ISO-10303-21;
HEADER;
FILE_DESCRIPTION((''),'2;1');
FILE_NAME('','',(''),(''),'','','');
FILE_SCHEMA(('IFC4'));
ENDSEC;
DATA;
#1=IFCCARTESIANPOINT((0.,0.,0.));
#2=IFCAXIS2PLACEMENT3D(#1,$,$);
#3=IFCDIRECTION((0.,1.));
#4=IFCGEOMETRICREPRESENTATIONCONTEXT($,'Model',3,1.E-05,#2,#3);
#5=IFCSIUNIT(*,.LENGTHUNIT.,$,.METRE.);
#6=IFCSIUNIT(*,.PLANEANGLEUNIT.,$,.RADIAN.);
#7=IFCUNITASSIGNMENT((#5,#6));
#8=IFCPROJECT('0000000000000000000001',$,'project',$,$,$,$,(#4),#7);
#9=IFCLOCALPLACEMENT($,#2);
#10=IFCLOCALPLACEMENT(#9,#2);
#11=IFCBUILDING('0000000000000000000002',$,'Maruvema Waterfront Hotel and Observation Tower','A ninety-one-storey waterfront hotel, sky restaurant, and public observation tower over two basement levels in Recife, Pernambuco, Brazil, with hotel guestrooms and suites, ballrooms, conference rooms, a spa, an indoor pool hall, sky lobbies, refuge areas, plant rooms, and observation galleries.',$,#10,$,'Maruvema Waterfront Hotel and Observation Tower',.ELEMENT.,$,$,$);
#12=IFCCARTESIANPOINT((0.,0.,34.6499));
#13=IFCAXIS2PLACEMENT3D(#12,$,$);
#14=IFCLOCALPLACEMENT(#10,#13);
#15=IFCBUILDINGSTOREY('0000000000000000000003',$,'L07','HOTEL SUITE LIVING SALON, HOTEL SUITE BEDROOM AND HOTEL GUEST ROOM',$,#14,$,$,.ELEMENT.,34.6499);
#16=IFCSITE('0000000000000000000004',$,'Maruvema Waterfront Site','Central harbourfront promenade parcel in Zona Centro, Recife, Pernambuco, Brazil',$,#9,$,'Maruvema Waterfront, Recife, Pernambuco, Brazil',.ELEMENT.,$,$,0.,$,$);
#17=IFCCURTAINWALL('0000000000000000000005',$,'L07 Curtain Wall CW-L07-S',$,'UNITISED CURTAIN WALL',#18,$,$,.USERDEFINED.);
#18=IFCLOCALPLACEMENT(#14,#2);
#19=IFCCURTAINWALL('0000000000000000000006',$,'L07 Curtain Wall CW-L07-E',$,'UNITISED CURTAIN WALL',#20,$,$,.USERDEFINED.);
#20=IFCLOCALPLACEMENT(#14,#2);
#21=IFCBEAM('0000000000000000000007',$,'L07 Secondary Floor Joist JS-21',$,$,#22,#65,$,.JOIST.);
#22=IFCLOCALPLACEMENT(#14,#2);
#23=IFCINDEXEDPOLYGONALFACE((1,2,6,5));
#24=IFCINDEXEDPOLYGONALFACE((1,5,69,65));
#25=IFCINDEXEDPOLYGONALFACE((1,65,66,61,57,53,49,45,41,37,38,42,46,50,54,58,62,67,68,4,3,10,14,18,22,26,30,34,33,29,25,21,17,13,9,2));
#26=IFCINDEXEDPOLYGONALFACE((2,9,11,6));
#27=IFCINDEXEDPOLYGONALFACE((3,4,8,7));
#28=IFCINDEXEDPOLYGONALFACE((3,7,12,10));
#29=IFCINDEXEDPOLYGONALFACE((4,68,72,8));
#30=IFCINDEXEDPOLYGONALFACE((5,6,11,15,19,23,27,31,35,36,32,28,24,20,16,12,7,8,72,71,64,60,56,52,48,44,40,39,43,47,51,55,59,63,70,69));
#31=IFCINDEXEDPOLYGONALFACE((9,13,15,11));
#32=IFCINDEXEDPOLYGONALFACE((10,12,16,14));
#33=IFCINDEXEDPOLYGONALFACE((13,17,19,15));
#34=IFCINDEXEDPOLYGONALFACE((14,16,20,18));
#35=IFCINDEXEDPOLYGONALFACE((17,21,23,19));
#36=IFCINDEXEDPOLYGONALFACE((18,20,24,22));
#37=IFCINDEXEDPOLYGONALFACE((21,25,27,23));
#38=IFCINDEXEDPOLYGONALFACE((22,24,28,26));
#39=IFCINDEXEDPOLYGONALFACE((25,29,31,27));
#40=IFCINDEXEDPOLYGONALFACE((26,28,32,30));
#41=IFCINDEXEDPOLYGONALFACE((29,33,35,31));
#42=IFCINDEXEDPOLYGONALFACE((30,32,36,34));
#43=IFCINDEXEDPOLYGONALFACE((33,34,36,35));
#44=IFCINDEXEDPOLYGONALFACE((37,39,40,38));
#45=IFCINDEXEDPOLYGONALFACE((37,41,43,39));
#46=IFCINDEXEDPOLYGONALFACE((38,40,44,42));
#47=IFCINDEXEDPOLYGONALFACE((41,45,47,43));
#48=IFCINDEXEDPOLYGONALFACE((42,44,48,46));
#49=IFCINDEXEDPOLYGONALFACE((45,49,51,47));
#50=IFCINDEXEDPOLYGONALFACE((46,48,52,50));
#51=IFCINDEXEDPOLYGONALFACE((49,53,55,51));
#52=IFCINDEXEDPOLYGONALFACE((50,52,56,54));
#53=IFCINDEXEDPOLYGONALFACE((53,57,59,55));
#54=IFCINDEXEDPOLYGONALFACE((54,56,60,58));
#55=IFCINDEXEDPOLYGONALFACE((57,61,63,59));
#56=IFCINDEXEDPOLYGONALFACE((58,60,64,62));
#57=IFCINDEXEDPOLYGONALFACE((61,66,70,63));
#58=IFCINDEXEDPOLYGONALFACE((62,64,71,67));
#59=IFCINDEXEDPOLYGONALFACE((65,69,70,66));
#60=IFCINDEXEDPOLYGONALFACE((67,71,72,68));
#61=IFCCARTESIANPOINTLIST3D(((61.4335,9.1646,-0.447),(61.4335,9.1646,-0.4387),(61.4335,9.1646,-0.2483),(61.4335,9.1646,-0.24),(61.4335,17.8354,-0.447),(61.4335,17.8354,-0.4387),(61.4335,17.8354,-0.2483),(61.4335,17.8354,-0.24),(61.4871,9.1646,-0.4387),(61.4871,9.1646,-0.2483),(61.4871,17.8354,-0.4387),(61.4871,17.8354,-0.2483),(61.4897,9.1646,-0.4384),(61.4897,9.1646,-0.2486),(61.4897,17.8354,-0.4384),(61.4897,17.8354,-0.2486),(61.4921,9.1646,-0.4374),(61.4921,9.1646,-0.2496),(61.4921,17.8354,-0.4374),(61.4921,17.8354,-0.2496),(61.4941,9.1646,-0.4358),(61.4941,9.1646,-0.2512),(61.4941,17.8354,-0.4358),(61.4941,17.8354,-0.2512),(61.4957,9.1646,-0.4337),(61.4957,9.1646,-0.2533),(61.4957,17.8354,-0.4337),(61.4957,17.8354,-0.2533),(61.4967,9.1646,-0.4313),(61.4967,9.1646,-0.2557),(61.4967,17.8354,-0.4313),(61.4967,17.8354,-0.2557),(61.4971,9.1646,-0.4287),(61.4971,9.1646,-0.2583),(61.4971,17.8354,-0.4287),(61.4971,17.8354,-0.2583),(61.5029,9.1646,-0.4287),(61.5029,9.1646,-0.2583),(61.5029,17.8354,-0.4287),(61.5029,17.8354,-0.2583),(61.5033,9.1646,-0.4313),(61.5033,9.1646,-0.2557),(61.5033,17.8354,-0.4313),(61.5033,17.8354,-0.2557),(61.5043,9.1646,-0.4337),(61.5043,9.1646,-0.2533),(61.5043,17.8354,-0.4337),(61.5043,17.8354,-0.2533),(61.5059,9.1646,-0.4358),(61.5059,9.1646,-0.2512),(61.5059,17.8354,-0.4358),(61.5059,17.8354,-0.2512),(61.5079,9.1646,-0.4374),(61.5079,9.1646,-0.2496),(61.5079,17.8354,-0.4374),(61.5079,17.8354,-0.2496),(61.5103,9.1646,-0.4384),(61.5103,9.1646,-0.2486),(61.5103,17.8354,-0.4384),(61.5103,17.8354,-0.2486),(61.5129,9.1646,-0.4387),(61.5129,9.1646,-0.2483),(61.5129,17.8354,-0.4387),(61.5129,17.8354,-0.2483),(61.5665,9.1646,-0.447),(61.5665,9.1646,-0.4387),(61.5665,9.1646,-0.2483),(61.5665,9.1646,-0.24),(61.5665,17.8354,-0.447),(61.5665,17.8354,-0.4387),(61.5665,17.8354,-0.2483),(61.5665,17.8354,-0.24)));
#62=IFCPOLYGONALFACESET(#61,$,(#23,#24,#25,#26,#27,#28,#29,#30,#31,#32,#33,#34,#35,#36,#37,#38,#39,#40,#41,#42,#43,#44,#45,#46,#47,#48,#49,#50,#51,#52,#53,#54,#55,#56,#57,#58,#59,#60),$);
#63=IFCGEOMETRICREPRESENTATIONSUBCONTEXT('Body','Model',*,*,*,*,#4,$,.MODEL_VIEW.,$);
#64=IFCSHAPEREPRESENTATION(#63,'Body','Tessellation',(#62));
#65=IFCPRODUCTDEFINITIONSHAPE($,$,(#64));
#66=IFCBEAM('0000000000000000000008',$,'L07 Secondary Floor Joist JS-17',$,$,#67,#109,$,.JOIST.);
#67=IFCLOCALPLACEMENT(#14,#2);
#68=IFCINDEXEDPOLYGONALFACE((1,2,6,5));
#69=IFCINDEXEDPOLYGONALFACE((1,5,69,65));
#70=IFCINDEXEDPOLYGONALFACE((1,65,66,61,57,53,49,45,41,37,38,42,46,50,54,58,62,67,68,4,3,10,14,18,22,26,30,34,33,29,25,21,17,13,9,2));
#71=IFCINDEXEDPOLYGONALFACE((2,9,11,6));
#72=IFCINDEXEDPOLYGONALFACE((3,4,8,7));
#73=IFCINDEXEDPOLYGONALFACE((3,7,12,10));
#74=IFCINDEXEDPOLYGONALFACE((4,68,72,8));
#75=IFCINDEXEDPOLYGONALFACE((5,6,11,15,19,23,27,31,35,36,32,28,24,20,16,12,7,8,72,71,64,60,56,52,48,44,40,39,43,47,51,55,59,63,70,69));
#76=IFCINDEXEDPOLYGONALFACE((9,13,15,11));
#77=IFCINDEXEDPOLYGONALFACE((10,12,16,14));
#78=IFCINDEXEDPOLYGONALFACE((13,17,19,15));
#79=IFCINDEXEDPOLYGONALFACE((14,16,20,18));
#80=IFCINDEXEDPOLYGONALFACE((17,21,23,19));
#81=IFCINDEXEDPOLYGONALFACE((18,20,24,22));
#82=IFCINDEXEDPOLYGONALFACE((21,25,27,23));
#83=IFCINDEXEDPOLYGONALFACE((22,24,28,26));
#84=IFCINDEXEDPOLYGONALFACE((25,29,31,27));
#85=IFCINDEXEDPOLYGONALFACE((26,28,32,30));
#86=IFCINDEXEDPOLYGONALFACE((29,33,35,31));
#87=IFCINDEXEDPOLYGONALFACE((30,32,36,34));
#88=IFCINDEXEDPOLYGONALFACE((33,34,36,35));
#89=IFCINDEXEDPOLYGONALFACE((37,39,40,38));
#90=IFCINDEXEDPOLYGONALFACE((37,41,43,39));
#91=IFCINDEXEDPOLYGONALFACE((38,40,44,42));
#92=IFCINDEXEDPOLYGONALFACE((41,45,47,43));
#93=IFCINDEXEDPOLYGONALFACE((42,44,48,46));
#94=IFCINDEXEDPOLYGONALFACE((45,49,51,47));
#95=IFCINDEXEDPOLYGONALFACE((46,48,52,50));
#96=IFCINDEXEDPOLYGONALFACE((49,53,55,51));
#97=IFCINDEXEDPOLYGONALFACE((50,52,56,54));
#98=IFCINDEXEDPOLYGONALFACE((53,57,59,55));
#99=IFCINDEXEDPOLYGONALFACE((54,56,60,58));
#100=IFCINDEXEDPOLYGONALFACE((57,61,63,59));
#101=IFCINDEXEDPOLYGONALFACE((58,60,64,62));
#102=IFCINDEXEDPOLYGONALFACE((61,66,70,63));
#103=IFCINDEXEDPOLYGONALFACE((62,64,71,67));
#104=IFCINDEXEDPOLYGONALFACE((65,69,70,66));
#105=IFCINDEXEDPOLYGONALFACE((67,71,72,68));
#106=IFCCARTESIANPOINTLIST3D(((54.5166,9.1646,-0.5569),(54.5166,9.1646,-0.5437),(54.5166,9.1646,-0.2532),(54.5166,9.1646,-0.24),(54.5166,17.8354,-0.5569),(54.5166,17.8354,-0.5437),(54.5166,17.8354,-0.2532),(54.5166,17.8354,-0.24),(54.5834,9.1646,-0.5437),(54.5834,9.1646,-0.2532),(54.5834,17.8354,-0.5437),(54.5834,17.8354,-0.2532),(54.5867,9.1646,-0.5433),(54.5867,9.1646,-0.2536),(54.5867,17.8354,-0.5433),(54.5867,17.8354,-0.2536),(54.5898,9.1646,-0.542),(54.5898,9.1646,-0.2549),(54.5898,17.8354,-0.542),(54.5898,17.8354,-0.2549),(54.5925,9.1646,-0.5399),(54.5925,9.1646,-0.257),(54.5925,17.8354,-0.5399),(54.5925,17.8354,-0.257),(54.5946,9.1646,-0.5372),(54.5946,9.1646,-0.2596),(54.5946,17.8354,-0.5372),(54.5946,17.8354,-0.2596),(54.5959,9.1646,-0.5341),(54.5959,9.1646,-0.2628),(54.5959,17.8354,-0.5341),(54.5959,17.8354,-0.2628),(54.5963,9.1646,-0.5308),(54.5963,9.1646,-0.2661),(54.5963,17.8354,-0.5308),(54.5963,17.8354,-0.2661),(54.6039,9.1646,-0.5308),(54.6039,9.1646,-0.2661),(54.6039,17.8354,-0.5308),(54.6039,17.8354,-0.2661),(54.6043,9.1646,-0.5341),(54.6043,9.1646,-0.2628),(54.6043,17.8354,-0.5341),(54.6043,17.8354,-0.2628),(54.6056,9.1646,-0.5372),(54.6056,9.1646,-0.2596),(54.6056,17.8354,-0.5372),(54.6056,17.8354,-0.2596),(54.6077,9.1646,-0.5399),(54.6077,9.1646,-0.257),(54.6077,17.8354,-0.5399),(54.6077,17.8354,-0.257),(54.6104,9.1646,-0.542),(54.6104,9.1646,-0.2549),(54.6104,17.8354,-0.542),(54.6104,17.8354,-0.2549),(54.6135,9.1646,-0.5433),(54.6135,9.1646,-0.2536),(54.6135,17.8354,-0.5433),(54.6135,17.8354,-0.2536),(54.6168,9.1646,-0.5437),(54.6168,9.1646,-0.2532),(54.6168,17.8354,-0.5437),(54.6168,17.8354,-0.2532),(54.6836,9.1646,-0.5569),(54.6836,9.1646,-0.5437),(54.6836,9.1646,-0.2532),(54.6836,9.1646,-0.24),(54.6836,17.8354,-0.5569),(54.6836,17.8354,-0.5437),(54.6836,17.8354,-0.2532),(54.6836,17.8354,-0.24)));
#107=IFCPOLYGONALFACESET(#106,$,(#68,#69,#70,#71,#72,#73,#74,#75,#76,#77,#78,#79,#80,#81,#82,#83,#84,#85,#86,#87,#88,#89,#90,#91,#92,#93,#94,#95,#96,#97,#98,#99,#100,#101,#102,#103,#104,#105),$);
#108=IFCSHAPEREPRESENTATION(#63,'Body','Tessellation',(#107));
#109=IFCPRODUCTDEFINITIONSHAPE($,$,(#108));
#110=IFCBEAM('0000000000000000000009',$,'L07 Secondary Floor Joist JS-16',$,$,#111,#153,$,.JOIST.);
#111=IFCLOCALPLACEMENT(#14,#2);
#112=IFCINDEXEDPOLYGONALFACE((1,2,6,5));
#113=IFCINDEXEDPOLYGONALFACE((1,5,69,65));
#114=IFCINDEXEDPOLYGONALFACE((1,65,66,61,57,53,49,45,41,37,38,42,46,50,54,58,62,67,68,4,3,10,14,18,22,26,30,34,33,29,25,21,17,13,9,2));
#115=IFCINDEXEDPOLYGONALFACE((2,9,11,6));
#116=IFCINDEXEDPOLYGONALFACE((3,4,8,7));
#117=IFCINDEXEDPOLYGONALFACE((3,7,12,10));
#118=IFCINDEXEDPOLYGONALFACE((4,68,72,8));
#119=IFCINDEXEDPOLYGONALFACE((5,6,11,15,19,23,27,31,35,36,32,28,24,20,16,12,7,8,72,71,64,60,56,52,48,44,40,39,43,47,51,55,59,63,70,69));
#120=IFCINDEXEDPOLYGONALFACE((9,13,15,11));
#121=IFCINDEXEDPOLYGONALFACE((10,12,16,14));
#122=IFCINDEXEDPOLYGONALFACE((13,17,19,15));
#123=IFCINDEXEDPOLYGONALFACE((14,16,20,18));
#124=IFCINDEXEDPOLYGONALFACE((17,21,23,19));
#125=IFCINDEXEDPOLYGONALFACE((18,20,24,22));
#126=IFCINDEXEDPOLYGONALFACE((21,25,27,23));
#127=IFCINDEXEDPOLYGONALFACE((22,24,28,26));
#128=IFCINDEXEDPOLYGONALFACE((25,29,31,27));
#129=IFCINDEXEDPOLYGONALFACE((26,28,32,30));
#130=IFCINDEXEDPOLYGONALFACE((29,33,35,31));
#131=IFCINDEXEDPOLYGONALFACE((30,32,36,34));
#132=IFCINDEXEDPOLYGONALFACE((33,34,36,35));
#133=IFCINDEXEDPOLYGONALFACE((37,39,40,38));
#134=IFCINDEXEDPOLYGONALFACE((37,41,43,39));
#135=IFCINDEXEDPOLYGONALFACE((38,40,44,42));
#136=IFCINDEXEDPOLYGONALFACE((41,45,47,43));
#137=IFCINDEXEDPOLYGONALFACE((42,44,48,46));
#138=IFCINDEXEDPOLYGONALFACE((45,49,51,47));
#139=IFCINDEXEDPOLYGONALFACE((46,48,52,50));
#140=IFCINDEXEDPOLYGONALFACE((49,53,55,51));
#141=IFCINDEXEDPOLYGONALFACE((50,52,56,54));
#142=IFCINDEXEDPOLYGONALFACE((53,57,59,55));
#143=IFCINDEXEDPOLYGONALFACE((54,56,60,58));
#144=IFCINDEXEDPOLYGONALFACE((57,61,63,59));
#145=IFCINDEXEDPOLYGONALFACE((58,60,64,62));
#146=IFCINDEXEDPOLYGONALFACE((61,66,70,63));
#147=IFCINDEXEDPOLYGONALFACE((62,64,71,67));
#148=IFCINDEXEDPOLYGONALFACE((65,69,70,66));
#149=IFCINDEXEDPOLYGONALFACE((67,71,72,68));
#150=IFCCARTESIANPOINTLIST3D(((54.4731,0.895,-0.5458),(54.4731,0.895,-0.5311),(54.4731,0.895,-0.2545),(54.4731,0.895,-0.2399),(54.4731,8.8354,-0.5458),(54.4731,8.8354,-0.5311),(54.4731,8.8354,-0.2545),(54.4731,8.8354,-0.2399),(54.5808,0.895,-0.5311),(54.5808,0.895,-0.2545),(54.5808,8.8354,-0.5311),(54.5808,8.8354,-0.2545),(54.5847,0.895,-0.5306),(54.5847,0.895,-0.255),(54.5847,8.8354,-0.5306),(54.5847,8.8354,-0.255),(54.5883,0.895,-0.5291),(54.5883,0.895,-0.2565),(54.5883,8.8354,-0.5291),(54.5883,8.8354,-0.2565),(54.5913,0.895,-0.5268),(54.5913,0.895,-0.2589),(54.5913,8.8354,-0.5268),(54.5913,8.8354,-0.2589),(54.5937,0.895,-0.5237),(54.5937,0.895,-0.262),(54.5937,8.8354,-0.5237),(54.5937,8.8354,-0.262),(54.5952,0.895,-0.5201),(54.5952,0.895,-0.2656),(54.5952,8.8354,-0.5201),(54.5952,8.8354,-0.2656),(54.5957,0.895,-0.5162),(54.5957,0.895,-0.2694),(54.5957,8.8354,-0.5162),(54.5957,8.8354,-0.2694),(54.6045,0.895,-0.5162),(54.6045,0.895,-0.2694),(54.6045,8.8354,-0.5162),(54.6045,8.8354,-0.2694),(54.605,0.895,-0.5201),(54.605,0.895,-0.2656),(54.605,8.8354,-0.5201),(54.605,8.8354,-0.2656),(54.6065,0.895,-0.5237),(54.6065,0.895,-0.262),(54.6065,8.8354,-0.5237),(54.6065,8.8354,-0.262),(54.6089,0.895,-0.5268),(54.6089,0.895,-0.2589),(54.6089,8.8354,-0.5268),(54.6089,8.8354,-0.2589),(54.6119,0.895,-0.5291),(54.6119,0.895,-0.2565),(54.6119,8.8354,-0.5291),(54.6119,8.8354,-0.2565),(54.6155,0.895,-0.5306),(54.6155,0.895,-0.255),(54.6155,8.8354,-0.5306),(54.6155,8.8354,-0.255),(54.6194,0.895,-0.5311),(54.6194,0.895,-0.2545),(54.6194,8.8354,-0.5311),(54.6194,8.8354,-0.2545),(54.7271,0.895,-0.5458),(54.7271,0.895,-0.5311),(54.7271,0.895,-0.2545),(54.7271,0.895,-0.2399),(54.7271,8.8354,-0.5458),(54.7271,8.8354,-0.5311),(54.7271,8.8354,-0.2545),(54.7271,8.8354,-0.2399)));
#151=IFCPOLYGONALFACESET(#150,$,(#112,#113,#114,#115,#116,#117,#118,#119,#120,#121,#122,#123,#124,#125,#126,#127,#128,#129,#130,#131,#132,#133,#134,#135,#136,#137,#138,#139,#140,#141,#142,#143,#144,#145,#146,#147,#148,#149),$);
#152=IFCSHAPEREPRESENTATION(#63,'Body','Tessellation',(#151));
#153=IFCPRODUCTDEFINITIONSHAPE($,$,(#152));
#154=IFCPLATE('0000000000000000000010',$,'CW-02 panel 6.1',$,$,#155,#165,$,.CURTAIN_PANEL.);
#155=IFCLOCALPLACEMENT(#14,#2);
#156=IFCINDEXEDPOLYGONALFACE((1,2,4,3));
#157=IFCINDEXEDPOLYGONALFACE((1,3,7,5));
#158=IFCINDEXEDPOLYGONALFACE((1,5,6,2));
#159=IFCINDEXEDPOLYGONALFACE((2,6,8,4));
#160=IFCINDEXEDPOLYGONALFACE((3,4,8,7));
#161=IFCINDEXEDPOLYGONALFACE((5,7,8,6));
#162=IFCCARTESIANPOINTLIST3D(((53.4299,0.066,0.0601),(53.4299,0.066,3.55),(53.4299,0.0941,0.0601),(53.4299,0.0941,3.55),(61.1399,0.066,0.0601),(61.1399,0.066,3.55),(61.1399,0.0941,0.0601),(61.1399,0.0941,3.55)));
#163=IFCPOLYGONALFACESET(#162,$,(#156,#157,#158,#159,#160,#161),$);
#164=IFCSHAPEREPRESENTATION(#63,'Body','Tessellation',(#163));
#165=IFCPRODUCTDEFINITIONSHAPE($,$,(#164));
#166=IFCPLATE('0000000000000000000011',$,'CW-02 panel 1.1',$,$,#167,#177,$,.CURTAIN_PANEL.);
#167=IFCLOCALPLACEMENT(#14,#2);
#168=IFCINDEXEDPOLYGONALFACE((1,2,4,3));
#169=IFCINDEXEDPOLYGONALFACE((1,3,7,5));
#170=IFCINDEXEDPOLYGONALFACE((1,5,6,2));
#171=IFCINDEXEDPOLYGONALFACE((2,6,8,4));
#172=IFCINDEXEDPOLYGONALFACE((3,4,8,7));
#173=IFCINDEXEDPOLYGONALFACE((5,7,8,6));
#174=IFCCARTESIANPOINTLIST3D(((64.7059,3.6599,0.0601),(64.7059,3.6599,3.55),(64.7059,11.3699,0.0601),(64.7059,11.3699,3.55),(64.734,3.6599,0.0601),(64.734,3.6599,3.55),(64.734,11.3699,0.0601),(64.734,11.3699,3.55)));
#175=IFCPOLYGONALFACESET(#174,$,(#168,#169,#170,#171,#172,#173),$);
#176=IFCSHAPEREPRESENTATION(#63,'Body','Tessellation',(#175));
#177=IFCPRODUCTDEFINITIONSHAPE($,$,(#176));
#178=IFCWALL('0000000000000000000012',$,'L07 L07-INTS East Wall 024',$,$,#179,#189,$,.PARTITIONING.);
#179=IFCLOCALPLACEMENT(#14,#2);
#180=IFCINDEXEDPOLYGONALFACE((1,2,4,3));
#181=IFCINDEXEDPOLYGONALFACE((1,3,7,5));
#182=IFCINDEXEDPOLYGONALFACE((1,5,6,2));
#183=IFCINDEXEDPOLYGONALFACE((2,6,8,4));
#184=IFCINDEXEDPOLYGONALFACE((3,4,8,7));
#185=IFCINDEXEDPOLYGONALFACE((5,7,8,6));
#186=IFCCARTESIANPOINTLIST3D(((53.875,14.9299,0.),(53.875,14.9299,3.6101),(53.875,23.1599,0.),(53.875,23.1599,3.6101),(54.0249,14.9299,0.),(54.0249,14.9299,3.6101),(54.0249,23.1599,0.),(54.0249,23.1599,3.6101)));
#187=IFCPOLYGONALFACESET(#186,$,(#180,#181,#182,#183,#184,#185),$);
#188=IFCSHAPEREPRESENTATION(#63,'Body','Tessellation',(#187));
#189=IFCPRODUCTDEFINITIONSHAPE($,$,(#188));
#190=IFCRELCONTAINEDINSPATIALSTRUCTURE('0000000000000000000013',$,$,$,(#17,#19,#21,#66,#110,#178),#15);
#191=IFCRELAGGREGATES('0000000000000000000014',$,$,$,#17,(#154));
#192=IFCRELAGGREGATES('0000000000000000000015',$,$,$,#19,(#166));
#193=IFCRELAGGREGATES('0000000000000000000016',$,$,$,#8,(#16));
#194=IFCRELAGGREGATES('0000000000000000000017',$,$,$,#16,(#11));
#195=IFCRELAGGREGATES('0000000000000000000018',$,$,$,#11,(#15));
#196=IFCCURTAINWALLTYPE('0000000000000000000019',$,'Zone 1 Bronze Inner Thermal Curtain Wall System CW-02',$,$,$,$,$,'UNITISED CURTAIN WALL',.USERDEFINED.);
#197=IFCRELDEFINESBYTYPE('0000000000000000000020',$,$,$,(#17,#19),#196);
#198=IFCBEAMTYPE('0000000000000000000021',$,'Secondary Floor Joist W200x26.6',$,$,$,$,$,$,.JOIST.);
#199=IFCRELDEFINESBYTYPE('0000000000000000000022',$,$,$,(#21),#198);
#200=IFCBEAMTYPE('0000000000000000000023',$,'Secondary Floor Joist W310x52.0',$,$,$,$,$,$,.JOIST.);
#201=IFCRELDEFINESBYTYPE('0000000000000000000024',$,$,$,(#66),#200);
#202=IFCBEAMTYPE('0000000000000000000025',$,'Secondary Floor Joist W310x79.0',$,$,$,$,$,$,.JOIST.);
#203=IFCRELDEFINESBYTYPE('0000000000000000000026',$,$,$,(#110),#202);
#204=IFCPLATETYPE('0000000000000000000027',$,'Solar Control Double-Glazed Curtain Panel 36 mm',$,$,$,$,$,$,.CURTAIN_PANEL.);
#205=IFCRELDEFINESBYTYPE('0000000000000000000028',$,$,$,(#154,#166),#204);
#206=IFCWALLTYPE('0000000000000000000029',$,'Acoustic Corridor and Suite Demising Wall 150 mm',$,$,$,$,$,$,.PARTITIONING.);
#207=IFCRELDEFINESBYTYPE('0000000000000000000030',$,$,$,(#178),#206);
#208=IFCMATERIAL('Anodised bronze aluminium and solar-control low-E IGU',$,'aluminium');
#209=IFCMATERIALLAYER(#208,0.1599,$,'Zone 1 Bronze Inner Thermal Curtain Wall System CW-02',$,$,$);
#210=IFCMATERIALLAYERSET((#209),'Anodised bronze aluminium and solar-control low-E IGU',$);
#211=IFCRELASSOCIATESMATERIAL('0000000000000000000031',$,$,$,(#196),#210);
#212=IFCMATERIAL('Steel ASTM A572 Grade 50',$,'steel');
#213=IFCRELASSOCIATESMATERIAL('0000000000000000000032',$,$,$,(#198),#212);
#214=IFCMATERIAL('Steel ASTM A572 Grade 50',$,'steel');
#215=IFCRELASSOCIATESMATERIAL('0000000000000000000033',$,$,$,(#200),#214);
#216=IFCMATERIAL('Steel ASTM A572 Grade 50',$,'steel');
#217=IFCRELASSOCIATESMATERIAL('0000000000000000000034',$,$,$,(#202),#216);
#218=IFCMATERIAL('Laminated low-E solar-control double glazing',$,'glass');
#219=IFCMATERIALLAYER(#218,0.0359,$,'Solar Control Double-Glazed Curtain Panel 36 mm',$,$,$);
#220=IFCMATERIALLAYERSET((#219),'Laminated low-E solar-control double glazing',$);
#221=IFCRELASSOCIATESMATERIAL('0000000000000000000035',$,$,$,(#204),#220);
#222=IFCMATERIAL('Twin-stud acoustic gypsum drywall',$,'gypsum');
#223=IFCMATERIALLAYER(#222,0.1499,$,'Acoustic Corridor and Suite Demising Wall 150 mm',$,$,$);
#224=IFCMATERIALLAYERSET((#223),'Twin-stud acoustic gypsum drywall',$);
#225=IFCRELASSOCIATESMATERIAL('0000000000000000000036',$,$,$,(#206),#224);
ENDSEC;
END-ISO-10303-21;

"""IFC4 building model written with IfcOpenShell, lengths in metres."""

from ifc_helpers import new_model, si_unit, direction, frame, frame_2d, origin, origin_2d, place, context, subcontext, project, spatial, rectangle, i_section, extrude, material, layer, layer_set, material_profile, profile_set, type_object, element, aggregate, save


model = new_model("IFC4")

# Units and contexts
model_context = context("Model", 3, precision=1e-05, world=origin(), true_north=direction((0.0, 1.0)))
body_context = subcontext(model_context, "Body", "Model", "MODEL_VIEW")
ifc_project = project(units=[si_unit("LENGTHUNIT", "METRE"), si_unit("PLANEANGLEUNIT", "RADIAN")], contexts=[model_context])

# Site, building, storey
site_placement = place(None, origin())
site = spatial("IfcSite", under=ifc_project, at=site_placement, Name="Maruvema Waterfront Site", Description="Central harbourfront promenade parcel in Zona Centro, Recife, Pernambuco, Brazil", LongName="Maruvema Waterfront, Recife, Pernambuco, Brazil", CompositionType="ELEMENT", RefElevation=0.0)
building_placement = place(site_placement, origin())
building = spatial("IfcBuilding", under=site, at=building_placement, Name="Maruvema Waterfront Hotel and Observation Tower", Description="A ninety-one-storey waterfront hotel, sky restaurant, and public observation tower over two basement levels in Recife, Pernambuco, Brazil, with hotel guestrooms and suites, ballrooms, conference rooms, a spa, an indoor pool hall, sky lobbies, refuge areas, plant rooms, and observation galleries.", LongName="Maruvema Waterfront Hotel and Observation Tower", CompositionType="ELEMENT")
storey_placement = place(building_placement, frame((0.0, 0.0, 34.6499)))
storey = spatial("IfcBuildingStorey", under=building, at=storey_placement, Name="L07", Description="HOTEL SUITE LIVING SALON, HOTEL SUITE BEDROOM AND HOTEL GUEST ROOM", CompositionType="ELEMENT", Elevation=34.6499)

# Curtain wall
ifc_material_1 = material(Name="Anodised bronze aluminium and solar-control low-E IGU", Category="aluminium")
ifc_layer_1 = layer(ifc_material_1, 0.1599, Name="Zone 1 Bronze Inner Thermal Curtain Wall System CW-02")
ifc_layer_set_1 = layer_set([ifc_layer_1], Name="Anodised bronze aluminium and solar-control low-E IGU")
curtain_wall_type = type_object("IfcCurtainWallType", Name="Zone 1 Bronze Inner Thermal Curtain Wall System CW-02", ElementType="UNITISED CURTAIN WALL", PredefinedType="USERDEFINED", material=ifc_layer_set_1)
curtain_wall_1_placement = place(storey_placement, origin())
curtain_wall_1 = element("IfcCurtainWall", 1, at=curtain_wall_1_placement, inside=storey, type_object=curtain_wall_type, Name="L07 Curtain Wall CW-L07-S", ObjectType="UNITISED CURTAIN WALL", PredefinedType="USERDEFINED")

# Curtain wall
curtain_wall_2_placement = place(storey_placement, origin())
curtain_wall_2 = element("IfcCurtainWall", 2, at=curtain_wall_2_placement, inside=storey, type_object=curtain_wall_type, Name="L07 Curtain Wall CW-L07-E", ObjectType="UNITISED CURTAIN WALL", PredefinedType="USERDEFINED")

# Beams
ifc_material_2 = material(Name="Steel ASTM A572 Grade 50", Category="steel")
ifc_material_profile_1 = material_profile(ifc_material_2, i_section(OverallWidth=0.1331, OverallDepth=0.207, WebThickness=0.0059, FlangeThickness=0.0083, FilletRadius=0.01, at=origin_2d()), Name="W200x26.6")
ifc_profile_set_1 = profile_set([ifc_material_profile_1], Name="Steel ASTM A572 Grade 50")
beam_type_1 = type_object("IfcBeamType", Name="Secondary Floor Joist W200x26.6", PredefinedType="JOIST", material=ifc_profile_set_1)
beam_1_placement = place(storey_placement, frame((61.5, 9.1646, -0.3435), z_axis=(0.0, 1.0, 0.0), x_axis=(-1.0, 0.0, 0.0)))
element("IfcBeam", 3, at=beam_1_placement, inside=storey, type_object=beam_type_1, Name="L07 Secondary Floor Joist JS-21", PredefinedType="JOIST", context=body_context, shape_type="SweptSolid", body=[
    extrude(i_section(OverallWidth=0.1331, OverallDepth=0.207, WebThickness=0.0059, FlangeThickness=0.0083, FilletRadius=0.01, at=origin_2d()), origin(), (0.0, 0.0, 1.0), 8.6709),
])
ifc_material_3 = material(Name="Steel ASTM A572 Grade 50", Category="steel")
ifc_material_profile_2 = material_profile(ifc_material_3, i_section(OverallWidth=0.167, OverallDepth=0.3169, WebThickness=0.0076, FlangeThickness=0.0132, FilletRadius=0.0129, at=origin_2d()), Name="W310x52.0")
ifc_profile_set_2 = profile_set([ifc_material_profile_2], Name="Steel ASTM A572 Grade 50")
beam_type_2 = type_object("IfcBeamType", Name="Secondary Floor Joist W310x52.0", PredefinedType="JOIST", material=ifc_profile_set_2)
beam_2_placement = place(storey_placement, frame((54.6001, 9.1646, -0.3984), z_axis=(0.0, 1.0, 0.0), x_axis=(-1.0, 0.0, 0.0)))
element("IfcBeam", 4, at=beam_2_placement, inside=storey, type_object=beam_type_2, Name="L07 Secondary Floor Joist JS-17", PredefinedType="JOIST", context=body_context, shape_type="SweptSolid", body=[
    extrude(i_section(OverallWidth=0.167, OverallDepth=0.3169, WebThickness=0.0076, FlangeThickness=0.0132, FilletRadius=0.0129, at=origin_2d()), origin(), (0.0, 0.0, 1.0), 8.6709),
])
ifc_material_4 = material(Name="Steel ASTM A572 Grade 50", Category="steel")
ifc_material_profile_3 = material_profile(ifc_material_4, i_section(OverallWidth=0.2539, OverallDepth=0.3059, WebThickness=0.0088, FlangeThickness=0.0146, FilletRadius=0.0149, at=origin_2d()), Name="W310x79.0")
ifc_profile_set_3 = profile_set([ifc_material_profile_3], Name="Steel ASTM A572 Grade 50")
beam_type_3 = type_object("IfcBeamType", Name="Secondary Floor Joist W310x79.0", PredefinedType="JOIST", material=ifc_profile_set_3)
beam_3_placement = place(storey_placement, frame((54.6001, 0.895, -0.3928), z_axis=(0.0, 1.0, 0.0), x_axis=(-1.0, 0.0, 0.0)))
element("IfcBeam", 5, at=beam_3_placement, inside=storey, type_object=beam_type_3, Name="L07 Secondary Floor Joist JS-16", PredefinedType="JOIST", context=body_context, shape_type="SweptSolid", body=[
    extrude(i_section(OverallWidth=0.2539, OverallDepth=0.3059, WebThickness=0.0088, FlangeThickness=0.0146, FilletRadius=0.0149, at=origin_2d()), origin(), (0.0, 0.0, 1.0), 7.9404),
])

# Plates
ifc_material_5 = material(Name="Laminated low-E solar-control double glazing", Category="glass")
ifc_layer_2 = layer(ifc_material_5, 0.0359, Name="Solar Control Double-Glazed Curtain Panel 36 mm")
ifc_layer_set_2 = layer_set([ifc_layer_2], Name="Laminated low-E solar-control double glazing")
plate_type = type_object("IfcPlateType", Name="Solar Control Double-Glazed Curtain Panel 36 mm", PredefinedType="CURTAIN_PANEL", material=ifc_layer_set_2)
plate_1_placement = place(storey_placement, frame((57.2849, 0.0801, 0.0601), z_axis=(0.0, 0.0, 1.0), x_axis=(1.0, 0.0, 0.0)))
plate_1 = element("IfcPlate", 6, at=plate_1_placement, type_object=plate_type, Name="CW-02 panel 6.1", PredefinedType="CURTAIN_PANEL", context=body_context, shape_type="SweptSolid", body=[
    extrude(rectangle(XDim=7.71, YDim=0.0281, at=origin_2d()), origin(), (0.0, 0.0, 1.0), 3.49),
])
aggregate(curtain_wall_1, [plate_1])
plate_2_placement = place(storey_placement, frame((64.72, 7.5149, 0.0601), z_axis=(0.0, 0.0, 1.0), x_axis=(0.0, 1.0, 0.0)))
plate_2 = element("IfcPlate", 7, at=plate_2_placement, type_object=plate_type, Name="CW-02 panel 1.1", PredefinedType="CURTAIN_PANEL", context=body_context, shape_type="SweptSolid", body=[
    extrude(rectangle(XDim=7.71, YDim=0.0281, at=origin_2d()), origin(), (0.0, 0.0, 1.0), 3.49),
])
aggregate(curtain_wall_2, [plate_2])

# Wall
ifc_material_6 = material(Name="Twin-stud acoustic gypsum drywall", Category="gypsum")
ifc_layer_3 = layer(ifc_material_6, 0.1499, Name="Acoustic Corridor and Suite Demising Wall 150 mm")
ifc_layer_set_3 = layer_set([ifc_layer_3], Name="Twin-stud acoustic gypsum drywall")
wall_type_1 = type_object("IfcWallType", Name="Acoustic Corridor and Suite Demising Wall 150 mm", PredefinedType="PARTITIONING", material=ifc_layer_set_3)
wall_1_placement = place(storey_placement, frame((53.95, 14.9299, 0.0), z_axis=(0.0, 0.0, 1.0), x_axis=(0.0, 1.0, 0.0)))
element("IfcWall", 8, at=wall_1_placement, inside=storey, type_object=wall_type_1, Name="L07 L07-INTS East Wall 024", PredefinedType="PARTITIONING", context=body_context, shape_type="SweptSolid", body=[
    extrude(rectangle(XDim=8.23, YDim=0.1499, at=frame_2d((4.115, 0.0))), origin(), (0.0, 0.0, 1.0), 3.6101),
])

save(model, "model.ifc")
